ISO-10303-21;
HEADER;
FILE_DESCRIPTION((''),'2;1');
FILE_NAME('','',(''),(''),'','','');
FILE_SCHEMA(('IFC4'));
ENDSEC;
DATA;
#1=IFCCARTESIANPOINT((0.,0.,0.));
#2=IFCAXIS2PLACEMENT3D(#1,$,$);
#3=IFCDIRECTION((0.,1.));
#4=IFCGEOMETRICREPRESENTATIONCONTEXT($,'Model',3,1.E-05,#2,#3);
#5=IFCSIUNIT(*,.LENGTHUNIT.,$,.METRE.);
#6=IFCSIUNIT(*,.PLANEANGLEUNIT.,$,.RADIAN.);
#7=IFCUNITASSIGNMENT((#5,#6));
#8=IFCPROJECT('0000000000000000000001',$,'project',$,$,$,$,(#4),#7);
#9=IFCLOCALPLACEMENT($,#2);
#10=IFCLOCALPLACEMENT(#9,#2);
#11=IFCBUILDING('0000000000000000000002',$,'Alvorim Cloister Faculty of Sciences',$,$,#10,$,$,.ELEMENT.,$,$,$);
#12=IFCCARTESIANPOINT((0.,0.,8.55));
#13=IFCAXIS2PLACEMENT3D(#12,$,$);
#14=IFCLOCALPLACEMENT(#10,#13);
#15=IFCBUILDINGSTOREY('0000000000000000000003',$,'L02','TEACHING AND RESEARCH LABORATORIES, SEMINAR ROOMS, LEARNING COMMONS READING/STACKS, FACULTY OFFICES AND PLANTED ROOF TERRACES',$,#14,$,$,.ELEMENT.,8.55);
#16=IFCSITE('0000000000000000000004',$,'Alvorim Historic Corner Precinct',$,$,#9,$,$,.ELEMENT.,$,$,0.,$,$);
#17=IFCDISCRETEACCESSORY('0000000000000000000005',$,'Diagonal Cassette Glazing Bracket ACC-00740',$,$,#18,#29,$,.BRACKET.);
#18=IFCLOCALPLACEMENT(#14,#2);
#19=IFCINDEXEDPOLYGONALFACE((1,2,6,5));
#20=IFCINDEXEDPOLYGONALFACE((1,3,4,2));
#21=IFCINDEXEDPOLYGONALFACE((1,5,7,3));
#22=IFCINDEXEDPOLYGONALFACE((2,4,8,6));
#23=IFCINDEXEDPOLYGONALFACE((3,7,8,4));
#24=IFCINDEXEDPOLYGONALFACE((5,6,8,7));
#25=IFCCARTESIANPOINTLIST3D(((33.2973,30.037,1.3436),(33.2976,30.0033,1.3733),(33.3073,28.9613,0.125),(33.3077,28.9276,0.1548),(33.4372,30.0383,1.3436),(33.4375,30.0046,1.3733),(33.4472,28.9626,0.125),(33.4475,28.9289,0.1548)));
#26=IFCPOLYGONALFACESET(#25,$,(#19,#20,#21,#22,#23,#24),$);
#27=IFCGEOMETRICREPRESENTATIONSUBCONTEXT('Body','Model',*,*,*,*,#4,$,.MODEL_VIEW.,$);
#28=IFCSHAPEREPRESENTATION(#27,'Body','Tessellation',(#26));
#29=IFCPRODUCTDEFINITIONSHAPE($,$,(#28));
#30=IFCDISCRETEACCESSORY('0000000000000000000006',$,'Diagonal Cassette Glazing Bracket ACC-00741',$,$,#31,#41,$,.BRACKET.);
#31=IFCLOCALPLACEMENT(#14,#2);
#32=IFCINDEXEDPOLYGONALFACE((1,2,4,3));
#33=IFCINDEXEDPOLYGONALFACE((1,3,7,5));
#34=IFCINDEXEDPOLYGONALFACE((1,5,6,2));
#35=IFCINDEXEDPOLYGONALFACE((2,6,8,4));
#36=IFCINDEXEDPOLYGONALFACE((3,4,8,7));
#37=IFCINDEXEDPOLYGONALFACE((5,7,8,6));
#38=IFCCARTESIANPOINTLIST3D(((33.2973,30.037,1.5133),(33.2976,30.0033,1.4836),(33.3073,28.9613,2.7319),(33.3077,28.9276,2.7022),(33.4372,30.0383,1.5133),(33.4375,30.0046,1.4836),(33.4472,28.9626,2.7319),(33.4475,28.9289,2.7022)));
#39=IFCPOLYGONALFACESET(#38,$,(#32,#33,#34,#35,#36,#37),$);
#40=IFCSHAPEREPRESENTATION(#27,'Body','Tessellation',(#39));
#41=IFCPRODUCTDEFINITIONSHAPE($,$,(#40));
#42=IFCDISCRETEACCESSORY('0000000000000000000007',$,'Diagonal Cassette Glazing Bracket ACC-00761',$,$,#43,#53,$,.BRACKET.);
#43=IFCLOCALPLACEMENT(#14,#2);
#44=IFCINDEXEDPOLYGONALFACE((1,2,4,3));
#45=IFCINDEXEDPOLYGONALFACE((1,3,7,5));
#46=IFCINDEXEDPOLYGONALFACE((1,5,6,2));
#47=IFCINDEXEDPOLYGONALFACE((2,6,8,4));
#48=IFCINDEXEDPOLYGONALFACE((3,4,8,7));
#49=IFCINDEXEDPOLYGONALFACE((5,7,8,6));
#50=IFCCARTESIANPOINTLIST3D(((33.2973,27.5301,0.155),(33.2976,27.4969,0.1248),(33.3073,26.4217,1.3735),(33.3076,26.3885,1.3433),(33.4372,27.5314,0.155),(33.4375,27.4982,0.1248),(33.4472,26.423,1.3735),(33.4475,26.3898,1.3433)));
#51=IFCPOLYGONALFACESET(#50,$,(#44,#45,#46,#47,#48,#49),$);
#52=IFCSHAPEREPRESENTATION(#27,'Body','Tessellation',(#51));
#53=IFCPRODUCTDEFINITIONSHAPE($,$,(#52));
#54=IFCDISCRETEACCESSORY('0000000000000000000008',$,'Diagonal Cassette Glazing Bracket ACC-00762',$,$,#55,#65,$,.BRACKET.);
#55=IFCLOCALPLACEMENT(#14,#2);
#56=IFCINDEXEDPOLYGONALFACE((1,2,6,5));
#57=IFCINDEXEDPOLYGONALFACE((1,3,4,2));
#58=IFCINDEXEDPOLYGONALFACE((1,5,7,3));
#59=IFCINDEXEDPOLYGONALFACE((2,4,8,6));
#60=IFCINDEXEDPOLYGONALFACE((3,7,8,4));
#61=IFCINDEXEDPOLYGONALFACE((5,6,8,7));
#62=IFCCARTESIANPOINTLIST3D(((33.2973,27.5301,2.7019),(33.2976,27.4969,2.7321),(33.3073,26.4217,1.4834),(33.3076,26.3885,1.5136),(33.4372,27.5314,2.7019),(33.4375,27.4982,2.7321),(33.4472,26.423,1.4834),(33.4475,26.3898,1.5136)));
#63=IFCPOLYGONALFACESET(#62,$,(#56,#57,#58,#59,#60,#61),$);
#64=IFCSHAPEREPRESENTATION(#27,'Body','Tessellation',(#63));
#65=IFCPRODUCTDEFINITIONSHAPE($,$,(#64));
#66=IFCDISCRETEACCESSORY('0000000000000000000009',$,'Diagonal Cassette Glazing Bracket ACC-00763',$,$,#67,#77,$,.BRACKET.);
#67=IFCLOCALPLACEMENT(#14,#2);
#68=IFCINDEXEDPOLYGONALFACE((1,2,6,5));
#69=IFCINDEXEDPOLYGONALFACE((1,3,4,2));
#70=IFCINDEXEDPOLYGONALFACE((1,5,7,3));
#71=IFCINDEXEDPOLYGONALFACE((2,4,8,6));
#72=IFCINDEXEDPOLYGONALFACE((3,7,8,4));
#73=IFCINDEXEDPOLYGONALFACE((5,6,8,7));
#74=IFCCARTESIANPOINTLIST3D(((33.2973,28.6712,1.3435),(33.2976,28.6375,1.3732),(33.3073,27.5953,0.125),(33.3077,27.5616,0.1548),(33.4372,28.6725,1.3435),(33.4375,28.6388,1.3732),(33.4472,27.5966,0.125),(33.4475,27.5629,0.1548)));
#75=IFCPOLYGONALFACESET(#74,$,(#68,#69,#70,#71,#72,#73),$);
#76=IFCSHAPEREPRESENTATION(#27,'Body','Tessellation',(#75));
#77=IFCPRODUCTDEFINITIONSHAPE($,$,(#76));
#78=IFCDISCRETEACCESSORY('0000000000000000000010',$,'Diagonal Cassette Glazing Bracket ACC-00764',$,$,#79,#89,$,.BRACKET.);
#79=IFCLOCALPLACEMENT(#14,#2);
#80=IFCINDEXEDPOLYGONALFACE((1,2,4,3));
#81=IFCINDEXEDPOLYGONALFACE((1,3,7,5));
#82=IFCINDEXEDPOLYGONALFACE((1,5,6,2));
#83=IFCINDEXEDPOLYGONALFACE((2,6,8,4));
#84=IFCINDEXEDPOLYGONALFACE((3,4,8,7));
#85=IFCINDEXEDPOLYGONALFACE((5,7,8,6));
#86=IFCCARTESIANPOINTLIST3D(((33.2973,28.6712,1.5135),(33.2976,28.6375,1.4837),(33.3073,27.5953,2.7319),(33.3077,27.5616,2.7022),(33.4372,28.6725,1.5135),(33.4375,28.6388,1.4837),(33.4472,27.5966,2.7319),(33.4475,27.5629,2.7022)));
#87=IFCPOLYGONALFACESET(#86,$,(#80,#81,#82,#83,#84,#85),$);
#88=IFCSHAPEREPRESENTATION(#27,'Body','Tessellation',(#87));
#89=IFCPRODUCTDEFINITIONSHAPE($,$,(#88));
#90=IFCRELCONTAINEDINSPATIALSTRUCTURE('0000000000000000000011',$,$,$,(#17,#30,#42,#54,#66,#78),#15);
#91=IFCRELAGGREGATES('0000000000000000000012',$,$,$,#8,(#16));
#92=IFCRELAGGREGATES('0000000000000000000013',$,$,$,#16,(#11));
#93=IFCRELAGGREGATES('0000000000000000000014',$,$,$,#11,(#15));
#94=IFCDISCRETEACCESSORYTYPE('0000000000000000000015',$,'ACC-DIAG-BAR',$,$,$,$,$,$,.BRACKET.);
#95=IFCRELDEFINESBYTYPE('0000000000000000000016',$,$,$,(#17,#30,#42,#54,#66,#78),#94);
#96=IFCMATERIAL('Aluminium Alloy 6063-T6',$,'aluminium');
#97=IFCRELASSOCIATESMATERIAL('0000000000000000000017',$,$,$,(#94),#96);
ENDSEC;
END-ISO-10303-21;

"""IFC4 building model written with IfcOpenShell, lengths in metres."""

from ifc_helpers import new_model, si_unit, direction, frame, origin, origin_2d, place, context, subcontext, project, spatial, rectangle, extrude, material, type_object, element, save


model = new_model("IFC4")

# Units and contexts
model_context = context("Model", 3, precision=1e-05, world=origin(), true_north=direction((0.0, 1.0)))
body_context = subcontext(model_context, "Body", "Model", "MODEL_VIEW")
ifc_project = project(units=[si_unit("LENGTHUNIT", "METRE"), si_unit("PLANEANGLEUNIT", "RADIAN")], contexts=[model_context])

# Site, building, storey
site_placement = place(None, origin())
site = spatial("IfcSite", under=ifc_project, at=site_placement, Name="Alvorim Historic Corner Precinct", CompositionType="ELEMENT", RefElevation=0.0)
building_placement = place(site_placement, origin())
building = spatial("IfcBuilding", under=site, at=building_placement, Name="Alvorim Cloister Faculty of Sciences", CompositionType="ELEMENT")
storey_placement = place(building_placement, frame((0.0, 0.0, 8.55)))
storey = spatial("IfcBuildingStorey", under=building, at=storey_placement, Name="L02", Description="TEACHING AND RESEARCH LABORATORIES, SEMINAR ROOMS, LEARNING COMMONS READING/STACKS, FACULTY OFFICES AND PLANTED ROOF TERRACES", CompositionType="ELEMENT", Elevation=8.55)

# Shared definitions
ifc_material_1 = material(Name="Aluminium Alloy 6063-T6", Category="aluminium")

# Discrete accessories
discrete_accessory_type = type_object("IfcDiscreteAccessoryType", Name="ACC-DIAG-BAR", PredefinedType="BRACKET", material=ifc_material_1)
for number, where, z_axis, x_axis, name in (
    (1, (33.3774, 28.9451, 0.1399), (-0.006158, 0.661793, 0.749661), (-0.999957, -0.009305, 0.0), "Diagonal Cassette Glazing Bracket ACC-00740"),
    (2, (33.3774, 28.9451, 2.717), (-0.006158, 0.661793, -0.749661), (-0.999957, -0.009305, 0.0), "Diagonal Cassette Glazing Bracket ACC-00741"),
):
    element("IfcDiscreteAccessory", number, at=place(storey_placement, frame(where, z_axis=z_axis, x_axis=x_axis)), inside=storey, type_object=discrete_accessory_type, Name=name, PredefinedType="BRACKET", context=body_context, shape_type="SweptSolid", body=[
        extrude(rectangle(XDim=0.1399, YDim=0.0449, at=origin_2d()), origin(), (0.0, 0.0, 1.0), 1.6255),
    ])
for number, where, z_axis, x_axis, name in (
    (3, (33.3774, 26.4058, 1.3584), (-0.006077, 0.672882, -0.739725), (-0.999959, -0.00903, 0.0), "Diagonal Cassette Glazing Bracket ACC-00761"),
    (4, (33.3774, 26.4058, 1.4985), (-0.006077, 0.672882, 0.739725), (-0.999959, -0.00903, 0.0), "Diagonal Cassette Glazing Bracket ACC-00762"),
):
    element("IfcDiscreteAccessory", number, at=place(storey_placement, frame(where, z_axis=z_axis, x_axis=x_axis)), inside=storey, type_object=discrete_accessory_type, Name=name, PredefinedType="BRACKET", context=body_context, shape_type="SweptSolid", body=[
        extrude(rectangle(XDim=0.1399, YDim=0.0449, at=origin_2d()), origin(), (0.0, 0.0, 1.0), 1.6472),
    ])
for number, where, z_axis, x_axis, name in (
    (5, (33.3774, 27.5791, 0.1399), (-0.006158, 0.661877, 0.749587), (-0.999957, -0.009303, 0.0), "Diagonal Cassette Glazing Bracket ACC-00763"),
    (6, (33.3774, 27.5791, 2.717), (-0.006158, 0.661877, -0.749587), (-0.999957, -0.009303, 0.0), "Diagonal Cassette Glazing Bracket ACC-00764"),
):
    element("IfcDiscreteAccessory", number, at=place(storey_placement, frame(where, z_axis=z_axis, x_axis=x_axis)), inside=storey, type_object=discrete_accessory_type, Name=name, PredefinedType="BRACKET", context=body_context, shape_type="SweptSolid", body=[
        extrude(rectangle(XDim=0.1399, YDim=0.0449, at=origin_2d()), origin(), (0.0, 0.0, 1.0), 1.6255),
    ])

save(model, "model.ifc")
